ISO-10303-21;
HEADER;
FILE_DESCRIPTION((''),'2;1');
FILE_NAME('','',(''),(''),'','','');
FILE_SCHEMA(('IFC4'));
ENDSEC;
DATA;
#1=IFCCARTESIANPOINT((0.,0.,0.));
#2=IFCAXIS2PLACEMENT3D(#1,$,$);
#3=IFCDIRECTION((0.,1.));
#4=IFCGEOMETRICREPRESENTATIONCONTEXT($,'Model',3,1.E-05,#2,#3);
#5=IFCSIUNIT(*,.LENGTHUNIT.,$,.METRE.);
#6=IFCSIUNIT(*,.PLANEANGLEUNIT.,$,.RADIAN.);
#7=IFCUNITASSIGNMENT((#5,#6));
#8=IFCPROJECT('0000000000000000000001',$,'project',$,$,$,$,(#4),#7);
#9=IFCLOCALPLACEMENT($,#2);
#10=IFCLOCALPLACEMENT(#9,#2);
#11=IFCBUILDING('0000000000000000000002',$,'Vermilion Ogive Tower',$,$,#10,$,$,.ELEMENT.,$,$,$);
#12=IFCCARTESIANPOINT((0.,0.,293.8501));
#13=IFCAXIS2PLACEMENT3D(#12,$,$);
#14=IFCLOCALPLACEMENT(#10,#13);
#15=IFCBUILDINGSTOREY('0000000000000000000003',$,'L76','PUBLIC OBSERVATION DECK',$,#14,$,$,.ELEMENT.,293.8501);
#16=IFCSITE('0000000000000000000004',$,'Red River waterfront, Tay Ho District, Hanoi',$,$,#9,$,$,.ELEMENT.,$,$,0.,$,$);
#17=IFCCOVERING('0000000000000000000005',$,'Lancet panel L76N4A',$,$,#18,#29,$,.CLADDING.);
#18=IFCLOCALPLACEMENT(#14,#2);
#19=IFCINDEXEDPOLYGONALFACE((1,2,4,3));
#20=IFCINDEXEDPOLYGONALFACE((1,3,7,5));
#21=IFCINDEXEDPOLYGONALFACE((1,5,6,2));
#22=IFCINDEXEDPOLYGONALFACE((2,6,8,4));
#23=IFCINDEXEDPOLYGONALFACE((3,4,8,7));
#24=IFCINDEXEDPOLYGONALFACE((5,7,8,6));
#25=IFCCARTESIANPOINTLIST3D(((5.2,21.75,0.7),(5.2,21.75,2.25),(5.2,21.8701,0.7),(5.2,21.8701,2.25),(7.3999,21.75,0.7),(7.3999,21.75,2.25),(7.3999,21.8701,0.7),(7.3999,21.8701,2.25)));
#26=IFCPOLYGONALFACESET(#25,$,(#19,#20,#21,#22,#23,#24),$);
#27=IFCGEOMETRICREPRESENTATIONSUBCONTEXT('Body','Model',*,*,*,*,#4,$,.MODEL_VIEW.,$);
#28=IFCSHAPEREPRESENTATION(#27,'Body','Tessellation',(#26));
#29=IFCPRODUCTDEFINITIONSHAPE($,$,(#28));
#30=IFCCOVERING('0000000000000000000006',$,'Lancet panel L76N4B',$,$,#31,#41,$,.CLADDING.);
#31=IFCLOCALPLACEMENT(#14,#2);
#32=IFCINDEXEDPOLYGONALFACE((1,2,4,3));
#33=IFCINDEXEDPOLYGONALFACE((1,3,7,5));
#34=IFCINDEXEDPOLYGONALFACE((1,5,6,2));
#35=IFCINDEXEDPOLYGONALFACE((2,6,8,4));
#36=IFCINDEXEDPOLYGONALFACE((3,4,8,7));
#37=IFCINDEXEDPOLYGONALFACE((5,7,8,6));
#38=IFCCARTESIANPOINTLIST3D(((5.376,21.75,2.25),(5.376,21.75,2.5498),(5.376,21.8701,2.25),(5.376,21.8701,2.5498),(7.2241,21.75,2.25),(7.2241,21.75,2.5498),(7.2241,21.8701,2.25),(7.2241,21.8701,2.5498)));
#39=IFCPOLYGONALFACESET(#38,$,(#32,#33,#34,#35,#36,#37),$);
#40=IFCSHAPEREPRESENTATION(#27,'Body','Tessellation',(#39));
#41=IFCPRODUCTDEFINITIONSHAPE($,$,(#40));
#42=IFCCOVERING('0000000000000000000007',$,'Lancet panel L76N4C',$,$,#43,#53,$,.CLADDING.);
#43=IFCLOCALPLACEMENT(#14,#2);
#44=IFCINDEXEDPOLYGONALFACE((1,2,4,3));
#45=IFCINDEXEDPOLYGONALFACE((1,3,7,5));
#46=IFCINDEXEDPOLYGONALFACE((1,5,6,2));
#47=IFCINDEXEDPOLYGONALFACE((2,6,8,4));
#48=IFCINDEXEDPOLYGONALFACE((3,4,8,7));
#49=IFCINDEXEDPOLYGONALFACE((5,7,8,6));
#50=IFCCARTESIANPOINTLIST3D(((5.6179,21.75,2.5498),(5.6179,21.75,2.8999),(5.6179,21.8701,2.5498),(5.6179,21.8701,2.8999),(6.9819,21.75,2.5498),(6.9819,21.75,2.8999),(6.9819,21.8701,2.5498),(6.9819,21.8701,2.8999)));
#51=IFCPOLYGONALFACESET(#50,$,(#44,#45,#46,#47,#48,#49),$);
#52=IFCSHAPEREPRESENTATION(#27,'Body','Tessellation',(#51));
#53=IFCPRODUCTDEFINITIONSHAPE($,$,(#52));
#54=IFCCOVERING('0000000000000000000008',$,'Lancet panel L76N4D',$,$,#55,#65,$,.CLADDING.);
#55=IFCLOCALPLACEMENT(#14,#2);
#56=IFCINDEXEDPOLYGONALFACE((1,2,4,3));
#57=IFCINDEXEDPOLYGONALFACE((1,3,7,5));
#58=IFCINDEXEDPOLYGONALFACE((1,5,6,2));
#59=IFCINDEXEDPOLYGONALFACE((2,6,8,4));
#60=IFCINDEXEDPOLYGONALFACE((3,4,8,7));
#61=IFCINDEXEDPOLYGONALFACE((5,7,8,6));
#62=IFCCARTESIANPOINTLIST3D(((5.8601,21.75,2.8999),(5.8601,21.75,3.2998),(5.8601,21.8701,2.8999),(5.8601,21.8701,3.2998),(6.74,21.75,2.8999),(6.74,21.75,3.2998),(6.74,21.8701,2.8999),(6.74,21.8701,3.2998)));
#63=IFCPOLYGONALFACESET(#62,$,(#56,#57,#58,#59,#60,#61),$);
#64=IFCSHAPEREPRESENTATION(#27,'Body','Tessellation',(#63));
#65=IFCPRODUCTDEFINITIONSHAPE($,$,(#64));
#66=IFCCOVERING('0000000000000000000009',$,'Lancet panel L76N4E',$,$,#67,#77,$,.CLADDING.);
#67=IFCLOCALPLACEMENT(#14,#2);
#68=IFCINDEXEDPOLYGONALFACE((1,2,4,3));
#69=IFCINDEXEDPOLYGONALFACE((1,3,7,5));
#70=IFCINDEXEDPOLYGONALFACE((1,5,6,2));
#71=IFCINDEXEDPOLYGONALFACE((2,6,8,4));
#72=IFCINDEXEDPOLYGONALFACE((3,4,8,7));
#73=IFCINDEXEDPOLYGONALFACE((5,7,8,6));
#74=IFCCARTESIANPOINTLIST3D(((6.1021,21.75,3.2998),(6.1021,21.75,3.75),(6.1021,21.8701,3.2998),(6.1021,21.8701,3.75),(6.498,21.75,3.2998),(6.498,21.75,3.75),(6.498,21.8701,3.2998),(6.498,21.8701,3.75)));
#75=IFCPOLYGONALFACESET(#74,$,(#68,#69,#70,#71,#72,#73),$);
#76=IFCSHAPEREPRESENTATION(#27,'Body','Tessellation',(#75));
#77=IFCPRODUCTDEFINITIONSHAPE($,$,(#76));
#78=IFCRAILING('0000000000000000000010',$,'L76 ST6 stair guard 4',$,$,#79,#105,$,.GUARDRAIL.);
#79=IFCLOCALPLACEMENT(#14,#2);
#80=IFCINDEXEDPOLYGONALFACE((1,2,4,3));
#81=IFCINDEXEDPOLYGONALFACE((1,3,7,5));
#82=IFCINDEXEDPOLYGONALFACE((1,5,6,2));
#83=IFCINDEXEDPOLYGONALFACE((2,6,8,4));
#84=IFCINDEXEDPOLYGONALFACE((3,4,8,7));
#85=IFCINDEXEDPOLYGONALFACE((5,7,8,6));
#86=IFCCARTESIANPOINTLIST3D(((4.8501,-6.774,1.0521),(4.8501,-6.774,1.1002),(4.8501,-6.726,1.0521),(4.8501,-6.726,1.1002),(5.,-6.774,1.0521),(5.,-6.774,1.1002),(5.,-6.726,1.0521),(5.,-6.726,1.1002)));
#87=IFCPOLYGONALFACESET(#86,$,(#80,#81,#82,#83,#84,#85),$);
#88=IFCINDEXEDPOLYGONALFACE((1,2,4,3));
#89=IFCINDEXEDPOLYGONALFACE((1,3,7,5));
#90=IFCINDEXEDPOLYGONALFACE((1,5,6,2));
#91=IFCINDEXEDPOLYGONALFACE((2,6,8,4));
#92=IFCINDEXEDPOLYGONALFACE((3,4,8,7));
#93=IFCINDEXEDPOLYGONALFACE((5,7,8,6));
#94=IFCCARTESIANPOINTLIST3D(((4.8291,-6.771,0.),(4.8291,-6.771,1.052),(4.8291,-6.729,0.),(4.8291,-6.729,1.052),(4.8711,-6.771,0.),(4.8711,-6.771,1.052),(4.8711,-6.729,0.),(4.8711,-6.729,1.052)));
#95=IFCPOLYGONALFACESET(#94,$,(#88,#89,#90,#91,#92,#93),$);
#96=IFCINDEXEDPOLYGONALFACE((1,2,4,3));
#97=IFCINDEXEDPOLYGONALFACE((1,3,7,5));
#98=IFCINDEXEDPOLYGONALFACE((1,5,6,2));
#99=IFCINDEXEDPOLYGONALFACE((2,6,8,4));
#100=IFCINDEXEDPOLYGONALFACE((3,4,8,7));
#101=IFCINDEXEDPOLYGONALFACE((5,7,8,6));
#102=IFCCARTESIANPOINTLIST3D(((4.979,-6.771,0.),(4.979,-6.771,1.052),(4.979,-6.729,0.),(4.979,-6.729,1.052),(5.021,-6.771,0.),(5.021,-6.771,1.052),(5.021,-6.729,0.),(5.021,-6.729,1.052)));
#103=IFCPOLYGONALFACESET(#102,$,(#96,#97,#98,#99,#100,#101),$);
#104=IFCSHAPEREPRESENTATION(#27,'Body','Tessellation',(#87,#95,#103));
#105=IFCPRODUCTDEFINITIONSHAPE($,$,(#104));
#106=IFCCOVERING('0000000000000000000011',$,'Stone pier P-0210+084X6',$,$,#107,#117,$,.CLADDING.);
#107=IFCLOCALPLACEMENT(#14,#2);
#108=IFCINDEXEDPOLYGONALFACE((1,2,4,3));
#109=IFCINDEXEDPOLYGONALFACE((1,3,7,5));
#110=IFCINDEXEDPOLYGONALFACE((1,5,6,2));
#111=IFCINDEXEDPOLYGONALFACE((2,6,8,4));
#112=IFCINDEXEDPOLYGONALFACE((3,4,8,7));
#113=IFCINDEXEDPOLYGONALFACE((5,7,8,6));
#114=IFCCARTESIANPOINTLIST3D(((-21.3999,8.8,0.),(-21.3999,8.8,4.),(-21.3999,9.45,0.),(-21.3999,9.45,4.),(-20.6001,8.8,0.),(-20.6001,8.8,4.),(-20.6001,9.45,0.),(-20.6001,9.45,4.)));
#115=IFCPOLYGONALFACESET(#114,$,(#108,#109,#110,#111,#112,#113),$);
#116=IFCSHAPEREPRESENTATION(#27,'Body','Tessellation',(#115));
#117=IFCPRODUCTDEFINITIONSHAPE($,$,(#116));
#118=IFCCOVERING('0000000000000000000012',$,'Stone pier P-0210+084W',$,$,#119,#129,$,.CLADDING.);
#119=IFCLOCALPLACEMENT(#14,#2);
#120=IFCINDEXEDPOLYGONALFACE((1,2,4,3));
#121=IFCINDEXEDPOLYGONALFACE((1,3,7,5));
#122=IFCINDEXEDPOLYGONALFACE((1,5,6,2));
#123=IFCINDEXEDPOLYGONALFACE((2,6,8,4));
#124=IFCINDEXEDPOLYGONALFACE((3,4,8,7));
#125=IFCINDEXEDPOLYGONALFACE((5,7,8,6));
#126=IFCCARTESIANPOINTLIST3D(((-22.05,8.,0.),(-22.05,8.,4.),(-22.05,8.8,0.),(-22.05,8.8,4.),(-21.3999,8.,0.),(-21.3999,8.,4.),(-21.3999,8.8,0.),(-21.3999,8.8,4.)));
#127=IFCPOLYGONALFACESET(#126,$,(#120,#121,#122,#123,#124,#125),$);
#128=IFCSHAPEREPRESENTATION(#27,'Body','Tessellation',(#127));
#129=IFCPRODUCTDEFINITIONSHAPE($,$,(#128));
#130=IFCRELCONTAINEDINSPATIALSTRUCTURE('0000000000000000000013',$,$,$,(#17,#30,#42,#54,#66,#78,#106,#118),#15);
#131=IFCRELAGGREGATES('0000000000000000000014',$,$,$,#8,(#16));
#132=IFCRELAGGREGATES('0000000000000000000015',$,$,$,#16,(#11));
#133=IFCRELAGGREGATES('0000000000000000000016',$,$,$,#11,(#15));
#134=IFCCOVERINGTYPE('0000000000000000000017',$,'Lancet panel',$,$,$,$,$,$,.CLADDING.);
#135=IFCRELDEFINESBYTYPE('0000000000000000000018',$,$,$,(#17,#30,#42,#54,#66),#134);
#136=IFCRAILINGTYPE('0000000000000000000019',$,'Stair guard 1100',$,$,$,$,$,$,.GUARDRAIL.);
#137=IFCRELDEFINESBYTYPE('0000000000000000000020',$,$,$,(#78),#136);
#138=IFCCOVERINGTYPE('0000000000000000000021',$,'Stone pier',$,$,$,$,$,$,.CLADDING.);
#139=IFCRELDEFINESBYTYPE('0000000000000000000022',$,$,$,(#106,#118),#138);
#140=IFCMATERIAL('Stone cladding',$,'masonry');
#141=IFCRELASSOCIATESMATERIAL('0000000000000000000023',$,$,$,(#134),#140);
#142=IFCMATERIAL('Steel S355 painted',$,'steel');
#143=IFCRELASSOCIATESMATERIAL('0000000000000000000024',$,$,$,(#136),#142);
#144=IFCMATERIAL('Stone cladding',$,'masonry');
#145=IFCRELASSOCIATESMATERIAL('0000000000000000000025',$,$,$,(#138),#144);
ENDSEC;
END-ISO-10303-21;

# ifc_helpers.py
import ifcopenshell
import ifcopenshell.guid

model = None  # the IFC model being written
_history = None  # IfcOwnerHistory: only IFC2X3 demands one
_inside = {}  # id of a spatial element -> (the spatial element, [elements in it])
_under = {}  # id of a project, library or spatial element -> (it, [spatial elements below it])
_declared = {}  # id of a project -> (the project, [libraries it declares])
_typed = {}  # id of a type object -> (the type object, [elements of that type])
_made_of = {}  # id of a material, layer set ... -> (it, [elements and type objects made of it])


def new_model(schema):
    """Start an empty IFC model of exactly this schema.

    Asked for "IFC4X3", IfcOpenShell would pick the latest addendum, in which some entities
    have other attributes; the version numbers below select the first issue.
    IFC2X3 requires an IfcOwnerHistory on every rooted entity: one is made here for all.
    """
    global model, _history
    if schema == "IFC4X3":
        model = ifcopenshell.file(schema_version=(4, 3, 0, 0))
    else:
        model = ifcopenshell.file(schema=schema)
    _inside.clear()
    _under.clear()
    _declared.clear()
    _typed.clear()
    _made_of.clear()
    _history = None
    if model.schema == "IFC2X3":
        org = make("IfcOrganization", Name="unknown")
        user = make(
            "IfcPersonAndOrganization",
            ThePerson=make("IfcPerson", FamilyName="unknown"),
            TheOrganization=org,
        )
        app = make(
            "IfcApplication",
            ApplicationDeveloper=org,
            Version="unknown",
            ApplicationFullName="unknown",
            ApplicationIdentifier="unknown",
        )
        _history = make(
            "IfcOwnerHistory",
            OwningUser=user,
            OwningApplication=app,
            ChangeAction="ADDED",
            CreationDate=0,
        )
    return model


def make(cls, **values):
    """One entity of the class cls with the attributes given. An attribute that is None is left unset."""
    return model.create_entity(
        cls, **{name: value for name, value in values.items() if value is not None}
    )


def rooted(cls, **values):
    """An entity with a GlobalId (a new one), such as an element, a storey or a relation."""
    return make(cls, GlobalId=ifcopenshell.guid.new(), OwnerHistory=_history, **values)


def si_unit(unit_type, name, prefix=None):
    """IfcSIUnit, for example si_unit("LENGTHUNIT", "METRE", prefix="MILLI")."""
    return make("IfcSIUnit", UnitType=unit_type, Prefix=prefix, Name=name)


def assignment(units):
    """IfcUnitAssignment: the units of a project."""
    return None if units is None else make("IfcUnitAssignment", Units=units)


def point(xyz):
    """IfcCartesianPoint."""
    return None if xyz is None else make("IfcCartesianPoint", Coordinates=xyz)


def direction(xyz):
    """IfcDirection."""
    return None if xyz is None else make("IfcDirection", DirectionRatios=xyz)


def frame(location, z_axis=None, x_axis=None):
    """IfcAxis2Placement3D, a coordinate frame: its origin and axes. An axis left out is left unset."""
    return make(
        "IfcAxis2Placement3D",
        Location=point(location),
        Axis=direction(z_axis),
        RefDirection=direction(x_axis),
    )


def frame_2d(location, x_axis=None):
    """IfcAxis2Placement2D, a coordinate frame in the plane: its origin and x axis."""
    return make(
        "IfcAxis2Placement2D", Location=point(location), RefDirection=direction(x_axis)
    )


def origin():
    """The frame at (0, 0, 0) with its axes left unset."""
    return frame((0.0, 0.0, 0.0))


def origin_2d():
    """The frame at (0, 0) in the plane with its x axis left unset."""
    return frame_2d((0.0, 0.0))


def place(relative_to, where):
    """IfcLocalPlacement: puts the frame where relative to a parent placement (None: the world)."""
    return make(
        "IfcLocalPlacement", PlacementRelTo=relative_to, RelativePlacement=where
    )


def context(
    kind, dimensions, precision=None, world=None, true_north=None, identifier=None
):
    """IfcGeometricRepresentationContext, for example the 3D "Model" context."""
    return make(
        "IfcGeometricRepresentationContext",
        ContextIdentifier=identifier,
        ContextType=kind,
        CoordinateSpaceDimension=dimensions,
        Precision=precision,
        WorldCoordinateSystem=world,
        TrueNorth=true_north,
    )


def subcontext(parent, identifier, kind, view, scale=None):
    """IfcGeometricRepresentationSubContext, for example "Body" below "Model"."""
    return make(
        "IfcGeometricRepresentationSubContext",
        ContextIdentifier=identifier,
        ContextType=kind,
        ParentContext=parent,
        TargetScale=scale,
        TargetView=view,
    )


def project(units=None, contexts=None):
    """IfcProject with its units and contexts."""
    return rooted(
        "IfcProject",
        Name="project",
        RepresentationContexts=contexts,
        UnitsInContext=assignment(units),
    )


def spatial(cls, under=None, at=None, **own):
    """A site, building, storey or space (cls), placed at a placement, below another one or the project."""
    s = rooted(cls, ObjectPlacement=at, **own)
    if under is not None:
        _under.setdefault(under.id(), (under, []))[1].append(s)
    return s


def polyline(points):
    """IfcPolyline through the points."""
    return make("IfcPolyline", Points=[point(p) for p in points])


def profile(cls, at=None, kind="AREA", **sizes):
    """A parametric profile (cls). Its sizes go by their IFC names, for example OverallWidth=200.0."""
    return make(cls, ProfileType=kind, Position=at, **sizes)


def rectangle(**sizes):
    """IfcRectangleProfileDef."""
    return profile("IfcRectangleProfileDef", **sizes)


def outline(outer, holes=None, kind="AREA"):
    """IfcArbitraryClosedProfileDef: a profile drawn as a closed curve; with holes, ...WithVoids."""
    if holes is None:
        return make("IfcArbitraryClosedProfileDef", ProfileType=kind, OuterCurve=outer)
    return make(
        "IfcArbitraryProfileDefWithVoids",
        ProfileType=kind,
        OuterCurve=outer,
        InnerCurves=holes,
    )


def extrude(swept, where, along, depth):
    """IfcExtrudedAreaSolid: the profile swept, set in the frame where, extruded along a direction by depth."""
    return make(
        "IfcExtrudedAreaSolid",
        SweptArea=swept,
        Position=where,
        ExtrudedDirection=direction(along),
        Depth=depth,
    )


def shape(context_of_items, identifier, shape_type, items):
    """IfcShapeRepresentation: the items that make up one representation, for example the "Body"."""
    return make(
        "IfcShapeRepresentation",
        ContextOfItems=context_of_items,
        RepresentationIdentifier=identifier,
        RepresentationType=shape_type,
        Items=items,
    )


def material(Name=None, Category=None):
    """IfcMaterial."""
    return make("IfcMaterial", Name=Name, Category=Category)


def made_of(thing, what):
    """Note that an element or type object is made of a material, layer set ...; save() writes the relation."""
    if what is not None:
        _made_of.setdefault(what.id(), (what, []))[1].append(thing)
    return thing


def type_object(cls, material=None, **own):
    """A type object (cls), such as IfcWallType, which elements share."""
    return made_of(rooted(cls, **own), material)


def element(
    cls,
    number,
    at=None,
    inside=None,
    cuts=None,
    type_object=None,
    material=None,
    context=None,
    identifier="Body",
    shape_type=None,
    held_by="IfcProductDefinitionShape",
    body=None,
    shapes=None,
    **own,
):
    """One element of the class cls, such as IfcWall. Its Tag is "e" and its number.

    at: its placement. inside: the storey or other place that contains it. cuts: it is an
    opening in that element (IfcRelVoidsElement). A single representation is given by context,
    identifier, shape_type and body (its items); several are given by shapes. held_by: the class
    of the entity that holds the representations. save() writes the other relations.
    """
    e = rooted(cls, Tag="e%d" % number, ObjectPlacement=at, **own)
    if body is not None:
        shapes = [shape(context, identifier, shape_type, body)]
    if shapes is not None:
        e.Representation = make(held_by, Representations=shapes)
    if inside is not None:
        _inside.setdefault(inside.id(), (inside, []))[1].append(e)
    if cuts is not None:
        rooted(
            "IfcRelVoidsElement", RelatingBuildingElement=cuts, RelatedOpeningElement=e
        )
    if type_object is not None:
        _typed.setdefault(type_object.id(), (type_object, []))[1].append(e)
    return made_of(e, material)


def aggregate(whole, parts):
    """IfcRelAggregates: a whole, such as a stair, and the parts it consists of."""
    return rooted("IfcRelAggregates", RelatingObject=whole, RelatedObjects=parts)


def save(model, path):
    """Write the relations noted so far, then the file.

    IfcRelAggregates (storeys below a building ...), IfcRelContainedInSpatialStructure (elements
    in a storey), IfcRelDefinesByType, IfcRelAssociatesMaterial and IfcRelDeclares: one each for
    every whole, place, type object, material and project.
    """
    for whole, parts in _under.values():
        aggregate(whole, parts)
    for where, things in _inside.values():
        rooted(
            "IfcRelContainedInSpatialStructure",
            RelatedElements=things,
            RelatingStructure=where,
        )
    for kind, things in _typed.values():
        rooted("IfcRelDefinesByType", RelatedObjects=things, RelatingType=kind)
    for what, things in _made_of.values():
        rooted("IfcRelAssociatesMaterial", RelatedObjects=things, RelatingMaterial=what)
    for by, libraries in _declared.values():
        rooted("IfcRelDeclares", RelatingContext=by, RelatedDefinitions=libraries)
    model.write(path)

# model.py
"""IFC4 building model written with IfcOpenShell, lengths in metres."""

from ifc_helpers import new_model, si_unit, direction, frame, origin, origin_2d, place, context, subcontext, project, spatial, polyline, rectangle, outline, extrude, material, type_object, element, save


model = new_model("IFC4")

# Units and contexts
model_context = context("Model", 3, precision=1e-05, world=origin(), true_north=direction((0.0, 1.0)))
body_context = subcontext(model_context, "Body", "Model", "MODEL_VIEW")
ifc_project = project(units=[si_unit("LENGTHUNIT", "METRE"), si_unit("PLANEANGLEUNIT", "RADIAN")], contexts=[model_context])

# Site, building, storey
site_placement = place(None, origin())
site = spatial("IfcSite", under=ifc_project, at=site_placement, Name="Red River waterfront, Tay Ho District, Hanoi", CompositionType="ELEMENT", RefElevation=0.0)
building_placement = place(site_placement, origin())
building = spatial("IfcBuilding", under=site, at=building_placement, Name="Vermilion Ogive Tower", CompositionType="ELEMENT")
storey_placement = place(building_placement, frame((0.0, 0.0, 293.8501)))
storey = spatial("IfcBuildingStorey", under=building, at=storey_placement, Name="L76", Description="PUBLIC OBSERVATION DECK", CompositionType="ELEMENT", Elevation=293.8501)

# Coverings
ifc_material_1 = material(Name="Stone cladding", Category="masonry")
covering_type_1 = type_object("IfcCoveringType", Name="Lancet panel", PredefinedType="CLADDING", material=ifc_material_1)
covering_1_placement = place(storey_placement, frame((0.0, 0.0, 0.7)))
element("IfcCovering", 1, at=covering_1_placement, inside=storey, type_object=covering_type_1, Name="Lancet panel L76N4A", PredefinedType="CLADDING", context=body_context, shape_type="SweptSolid", body=[
    extrude(outline(polyline([(5.2, 21.75), (7.3999, 21.75), (7.3999, 21.8701), (5.2, 21.8701), (5.2, 21.75)])), origin(), (0.0, 0.0, 1.0), 1.55),
])
covering_2_placement = place(storey_placement, frame((0.0, 0.0, 2.25)))
element("IfcCovering", 2, at=covering_2_placement, inside=storey, type_object=covering_type_1, Name="Lancet panel L76N4B", PredefinedType="CLADDING", context=body_context, shape_type="SweptSolid", body=[
    extrude(outline(polyline([(5.376, 21.75), (7.2241, 21.75), (7.2241, 21.8701), (5.376, 21.8701), (5.376, 21.75)])), origin(), (0.0, 0.0, 1.0), 0.2998),
])
covering_3_placement = place(storey_placement, frame((0.0, 0.0, 2.5498)))
element("IfcCovering", 3, at=covering_3_placement, inside=storey, type_object=covering_type_1, Name="Lancet panel L76N4C", PredefinedType="CLADDING", context=body_context, shape_type="SweptSolid", body=[
    extrude(outline(polyline([(5.6179, 21.75), (6.9819, 21.75), (6.9819, 21.8701), (5.6179, 21.8701), (5.6179, 21.75)])), origin(), (0.0, 0.0, 1.0), 0.3501),
])
covering_4_placement = place(storey_placement, frame((0.0, 0.0, 2.8999)))
element("IfcCovering", 4, at=covering_4_placement, inside=storey, type_object=covering_type_1, Name="Lancet panel L76N4D", PredefinedType="CLADDING", context=body_context, shape_type="SweptSolid", body=[
    extrude(outline(polyline([(5.8601, 21.75), (6.74, 21.75), (6.74, 21.8701), (5.8601, 21.8701), (5.8601, 21.75)])), origin(), (0.0, 0.0, 1.0), 0.3999),
])
covering_5_placement = place(storey_placement, frame((0.0, 0.0, 3.2998)))
element("IfcCovering", 5, at=covering_5_placement, inside=storey, type_object=covering_type_1, Name="Lancet panel L76N4E", PredefinedType="CLADDING", context=body_context, shape_type="SweptSolid", body=[
    extrude(outline(polyline([(6.1021, 21.75), (6.498, 21.75), (6.498, 21.8701), (6.1021, 21.8701), (6.1021, 21.75)])), origin(), (0.0, 0.0, 1.0), 0.4502),
])

# Railing
ifc_material_2 = material(Name="Steel S355 painted", Category="steel")
railing_type = type_object("IfcRailingType", Name="Stair guard 1100", PredefinedType="GUARDRAIL", material=ifc_material_2)
railing_placement = place(storey_placement, frame((4.8501, -6.75, 0.0)))
element("IfcRailing", 6, at=railing_placement, inside=storey, type_object=railing_type, Name="L76 ST6 stair guard 4", PredefinedType="GUARDRAIL", context=body_context, shape_type="SweptSolid", body=[
    extrude(rectangle(XDim=0.0481, YDim=0.0481, at=origin_2d()), frame((0.0, 0.0, 1.0762), z_axis=(1.0, 0.0, 0.0), x_axis=(0.0, 1.0, 0.0)), (0.0, 0.0, 1.0), 0.1499),
    extrude(rectangle(XDim=0.042, YDim=0.042, at=origin_2d()), origin(), (0.0, 0.0, 1.0), 1.052),
    extrude(rectangle(XDim=0.042, YDim=0.042, at=origin_2d()), frame((0.1499, 0.0, 0.0)), (0.0, 0.0, 1.0), 1.052),
])

# Coverings
ifc_material_3 = material(Name="Stone cladding", Category="masonry")
covering_type_2 = type_object("IfcCoveringType", Name="Stone pier", PredefinedType="CLADDING", material=ifc_material_3)
covering_6_placement = place(storey_placement, origin())
element("IfcCovering", 7, at=covering_6_placement, inside=storey, type_object=covering_type_2, Name="Stone pier P-0210+084X6", PredefinedType="CLADDING", context=body_context, shape_type="SweptSolid", body=[
    extrude(outline(polyline([(-21.3999, 9.45), (-20.6001, 9.45), (-20.6001, 8.8), (-21.3999, 8.8), (-21.3999, 9.45)])), origin(), (0.0, 0.0, 1.0), 4.0),
])
covering_7_placement = place(storey_placement, origin())
element("IfcCovering", 8, at=covering_7_placement, inside=storey, type_object=covering_type_2, Name="Stone pier P-0210+084W", PredefinedType="CLADDING", context=body_context, shape_type="SweptSolid", body=[
    extrude(outline(polyline([(-22.05, 8.8), (-21.3999, 8.8), (-21.3999, 8.0), (-22.05, 8.0), (-22.05, 8.8)])), origin(), (0.0, 0.0, 1.0), 4.0),
])

save(model, "model.ifc")
